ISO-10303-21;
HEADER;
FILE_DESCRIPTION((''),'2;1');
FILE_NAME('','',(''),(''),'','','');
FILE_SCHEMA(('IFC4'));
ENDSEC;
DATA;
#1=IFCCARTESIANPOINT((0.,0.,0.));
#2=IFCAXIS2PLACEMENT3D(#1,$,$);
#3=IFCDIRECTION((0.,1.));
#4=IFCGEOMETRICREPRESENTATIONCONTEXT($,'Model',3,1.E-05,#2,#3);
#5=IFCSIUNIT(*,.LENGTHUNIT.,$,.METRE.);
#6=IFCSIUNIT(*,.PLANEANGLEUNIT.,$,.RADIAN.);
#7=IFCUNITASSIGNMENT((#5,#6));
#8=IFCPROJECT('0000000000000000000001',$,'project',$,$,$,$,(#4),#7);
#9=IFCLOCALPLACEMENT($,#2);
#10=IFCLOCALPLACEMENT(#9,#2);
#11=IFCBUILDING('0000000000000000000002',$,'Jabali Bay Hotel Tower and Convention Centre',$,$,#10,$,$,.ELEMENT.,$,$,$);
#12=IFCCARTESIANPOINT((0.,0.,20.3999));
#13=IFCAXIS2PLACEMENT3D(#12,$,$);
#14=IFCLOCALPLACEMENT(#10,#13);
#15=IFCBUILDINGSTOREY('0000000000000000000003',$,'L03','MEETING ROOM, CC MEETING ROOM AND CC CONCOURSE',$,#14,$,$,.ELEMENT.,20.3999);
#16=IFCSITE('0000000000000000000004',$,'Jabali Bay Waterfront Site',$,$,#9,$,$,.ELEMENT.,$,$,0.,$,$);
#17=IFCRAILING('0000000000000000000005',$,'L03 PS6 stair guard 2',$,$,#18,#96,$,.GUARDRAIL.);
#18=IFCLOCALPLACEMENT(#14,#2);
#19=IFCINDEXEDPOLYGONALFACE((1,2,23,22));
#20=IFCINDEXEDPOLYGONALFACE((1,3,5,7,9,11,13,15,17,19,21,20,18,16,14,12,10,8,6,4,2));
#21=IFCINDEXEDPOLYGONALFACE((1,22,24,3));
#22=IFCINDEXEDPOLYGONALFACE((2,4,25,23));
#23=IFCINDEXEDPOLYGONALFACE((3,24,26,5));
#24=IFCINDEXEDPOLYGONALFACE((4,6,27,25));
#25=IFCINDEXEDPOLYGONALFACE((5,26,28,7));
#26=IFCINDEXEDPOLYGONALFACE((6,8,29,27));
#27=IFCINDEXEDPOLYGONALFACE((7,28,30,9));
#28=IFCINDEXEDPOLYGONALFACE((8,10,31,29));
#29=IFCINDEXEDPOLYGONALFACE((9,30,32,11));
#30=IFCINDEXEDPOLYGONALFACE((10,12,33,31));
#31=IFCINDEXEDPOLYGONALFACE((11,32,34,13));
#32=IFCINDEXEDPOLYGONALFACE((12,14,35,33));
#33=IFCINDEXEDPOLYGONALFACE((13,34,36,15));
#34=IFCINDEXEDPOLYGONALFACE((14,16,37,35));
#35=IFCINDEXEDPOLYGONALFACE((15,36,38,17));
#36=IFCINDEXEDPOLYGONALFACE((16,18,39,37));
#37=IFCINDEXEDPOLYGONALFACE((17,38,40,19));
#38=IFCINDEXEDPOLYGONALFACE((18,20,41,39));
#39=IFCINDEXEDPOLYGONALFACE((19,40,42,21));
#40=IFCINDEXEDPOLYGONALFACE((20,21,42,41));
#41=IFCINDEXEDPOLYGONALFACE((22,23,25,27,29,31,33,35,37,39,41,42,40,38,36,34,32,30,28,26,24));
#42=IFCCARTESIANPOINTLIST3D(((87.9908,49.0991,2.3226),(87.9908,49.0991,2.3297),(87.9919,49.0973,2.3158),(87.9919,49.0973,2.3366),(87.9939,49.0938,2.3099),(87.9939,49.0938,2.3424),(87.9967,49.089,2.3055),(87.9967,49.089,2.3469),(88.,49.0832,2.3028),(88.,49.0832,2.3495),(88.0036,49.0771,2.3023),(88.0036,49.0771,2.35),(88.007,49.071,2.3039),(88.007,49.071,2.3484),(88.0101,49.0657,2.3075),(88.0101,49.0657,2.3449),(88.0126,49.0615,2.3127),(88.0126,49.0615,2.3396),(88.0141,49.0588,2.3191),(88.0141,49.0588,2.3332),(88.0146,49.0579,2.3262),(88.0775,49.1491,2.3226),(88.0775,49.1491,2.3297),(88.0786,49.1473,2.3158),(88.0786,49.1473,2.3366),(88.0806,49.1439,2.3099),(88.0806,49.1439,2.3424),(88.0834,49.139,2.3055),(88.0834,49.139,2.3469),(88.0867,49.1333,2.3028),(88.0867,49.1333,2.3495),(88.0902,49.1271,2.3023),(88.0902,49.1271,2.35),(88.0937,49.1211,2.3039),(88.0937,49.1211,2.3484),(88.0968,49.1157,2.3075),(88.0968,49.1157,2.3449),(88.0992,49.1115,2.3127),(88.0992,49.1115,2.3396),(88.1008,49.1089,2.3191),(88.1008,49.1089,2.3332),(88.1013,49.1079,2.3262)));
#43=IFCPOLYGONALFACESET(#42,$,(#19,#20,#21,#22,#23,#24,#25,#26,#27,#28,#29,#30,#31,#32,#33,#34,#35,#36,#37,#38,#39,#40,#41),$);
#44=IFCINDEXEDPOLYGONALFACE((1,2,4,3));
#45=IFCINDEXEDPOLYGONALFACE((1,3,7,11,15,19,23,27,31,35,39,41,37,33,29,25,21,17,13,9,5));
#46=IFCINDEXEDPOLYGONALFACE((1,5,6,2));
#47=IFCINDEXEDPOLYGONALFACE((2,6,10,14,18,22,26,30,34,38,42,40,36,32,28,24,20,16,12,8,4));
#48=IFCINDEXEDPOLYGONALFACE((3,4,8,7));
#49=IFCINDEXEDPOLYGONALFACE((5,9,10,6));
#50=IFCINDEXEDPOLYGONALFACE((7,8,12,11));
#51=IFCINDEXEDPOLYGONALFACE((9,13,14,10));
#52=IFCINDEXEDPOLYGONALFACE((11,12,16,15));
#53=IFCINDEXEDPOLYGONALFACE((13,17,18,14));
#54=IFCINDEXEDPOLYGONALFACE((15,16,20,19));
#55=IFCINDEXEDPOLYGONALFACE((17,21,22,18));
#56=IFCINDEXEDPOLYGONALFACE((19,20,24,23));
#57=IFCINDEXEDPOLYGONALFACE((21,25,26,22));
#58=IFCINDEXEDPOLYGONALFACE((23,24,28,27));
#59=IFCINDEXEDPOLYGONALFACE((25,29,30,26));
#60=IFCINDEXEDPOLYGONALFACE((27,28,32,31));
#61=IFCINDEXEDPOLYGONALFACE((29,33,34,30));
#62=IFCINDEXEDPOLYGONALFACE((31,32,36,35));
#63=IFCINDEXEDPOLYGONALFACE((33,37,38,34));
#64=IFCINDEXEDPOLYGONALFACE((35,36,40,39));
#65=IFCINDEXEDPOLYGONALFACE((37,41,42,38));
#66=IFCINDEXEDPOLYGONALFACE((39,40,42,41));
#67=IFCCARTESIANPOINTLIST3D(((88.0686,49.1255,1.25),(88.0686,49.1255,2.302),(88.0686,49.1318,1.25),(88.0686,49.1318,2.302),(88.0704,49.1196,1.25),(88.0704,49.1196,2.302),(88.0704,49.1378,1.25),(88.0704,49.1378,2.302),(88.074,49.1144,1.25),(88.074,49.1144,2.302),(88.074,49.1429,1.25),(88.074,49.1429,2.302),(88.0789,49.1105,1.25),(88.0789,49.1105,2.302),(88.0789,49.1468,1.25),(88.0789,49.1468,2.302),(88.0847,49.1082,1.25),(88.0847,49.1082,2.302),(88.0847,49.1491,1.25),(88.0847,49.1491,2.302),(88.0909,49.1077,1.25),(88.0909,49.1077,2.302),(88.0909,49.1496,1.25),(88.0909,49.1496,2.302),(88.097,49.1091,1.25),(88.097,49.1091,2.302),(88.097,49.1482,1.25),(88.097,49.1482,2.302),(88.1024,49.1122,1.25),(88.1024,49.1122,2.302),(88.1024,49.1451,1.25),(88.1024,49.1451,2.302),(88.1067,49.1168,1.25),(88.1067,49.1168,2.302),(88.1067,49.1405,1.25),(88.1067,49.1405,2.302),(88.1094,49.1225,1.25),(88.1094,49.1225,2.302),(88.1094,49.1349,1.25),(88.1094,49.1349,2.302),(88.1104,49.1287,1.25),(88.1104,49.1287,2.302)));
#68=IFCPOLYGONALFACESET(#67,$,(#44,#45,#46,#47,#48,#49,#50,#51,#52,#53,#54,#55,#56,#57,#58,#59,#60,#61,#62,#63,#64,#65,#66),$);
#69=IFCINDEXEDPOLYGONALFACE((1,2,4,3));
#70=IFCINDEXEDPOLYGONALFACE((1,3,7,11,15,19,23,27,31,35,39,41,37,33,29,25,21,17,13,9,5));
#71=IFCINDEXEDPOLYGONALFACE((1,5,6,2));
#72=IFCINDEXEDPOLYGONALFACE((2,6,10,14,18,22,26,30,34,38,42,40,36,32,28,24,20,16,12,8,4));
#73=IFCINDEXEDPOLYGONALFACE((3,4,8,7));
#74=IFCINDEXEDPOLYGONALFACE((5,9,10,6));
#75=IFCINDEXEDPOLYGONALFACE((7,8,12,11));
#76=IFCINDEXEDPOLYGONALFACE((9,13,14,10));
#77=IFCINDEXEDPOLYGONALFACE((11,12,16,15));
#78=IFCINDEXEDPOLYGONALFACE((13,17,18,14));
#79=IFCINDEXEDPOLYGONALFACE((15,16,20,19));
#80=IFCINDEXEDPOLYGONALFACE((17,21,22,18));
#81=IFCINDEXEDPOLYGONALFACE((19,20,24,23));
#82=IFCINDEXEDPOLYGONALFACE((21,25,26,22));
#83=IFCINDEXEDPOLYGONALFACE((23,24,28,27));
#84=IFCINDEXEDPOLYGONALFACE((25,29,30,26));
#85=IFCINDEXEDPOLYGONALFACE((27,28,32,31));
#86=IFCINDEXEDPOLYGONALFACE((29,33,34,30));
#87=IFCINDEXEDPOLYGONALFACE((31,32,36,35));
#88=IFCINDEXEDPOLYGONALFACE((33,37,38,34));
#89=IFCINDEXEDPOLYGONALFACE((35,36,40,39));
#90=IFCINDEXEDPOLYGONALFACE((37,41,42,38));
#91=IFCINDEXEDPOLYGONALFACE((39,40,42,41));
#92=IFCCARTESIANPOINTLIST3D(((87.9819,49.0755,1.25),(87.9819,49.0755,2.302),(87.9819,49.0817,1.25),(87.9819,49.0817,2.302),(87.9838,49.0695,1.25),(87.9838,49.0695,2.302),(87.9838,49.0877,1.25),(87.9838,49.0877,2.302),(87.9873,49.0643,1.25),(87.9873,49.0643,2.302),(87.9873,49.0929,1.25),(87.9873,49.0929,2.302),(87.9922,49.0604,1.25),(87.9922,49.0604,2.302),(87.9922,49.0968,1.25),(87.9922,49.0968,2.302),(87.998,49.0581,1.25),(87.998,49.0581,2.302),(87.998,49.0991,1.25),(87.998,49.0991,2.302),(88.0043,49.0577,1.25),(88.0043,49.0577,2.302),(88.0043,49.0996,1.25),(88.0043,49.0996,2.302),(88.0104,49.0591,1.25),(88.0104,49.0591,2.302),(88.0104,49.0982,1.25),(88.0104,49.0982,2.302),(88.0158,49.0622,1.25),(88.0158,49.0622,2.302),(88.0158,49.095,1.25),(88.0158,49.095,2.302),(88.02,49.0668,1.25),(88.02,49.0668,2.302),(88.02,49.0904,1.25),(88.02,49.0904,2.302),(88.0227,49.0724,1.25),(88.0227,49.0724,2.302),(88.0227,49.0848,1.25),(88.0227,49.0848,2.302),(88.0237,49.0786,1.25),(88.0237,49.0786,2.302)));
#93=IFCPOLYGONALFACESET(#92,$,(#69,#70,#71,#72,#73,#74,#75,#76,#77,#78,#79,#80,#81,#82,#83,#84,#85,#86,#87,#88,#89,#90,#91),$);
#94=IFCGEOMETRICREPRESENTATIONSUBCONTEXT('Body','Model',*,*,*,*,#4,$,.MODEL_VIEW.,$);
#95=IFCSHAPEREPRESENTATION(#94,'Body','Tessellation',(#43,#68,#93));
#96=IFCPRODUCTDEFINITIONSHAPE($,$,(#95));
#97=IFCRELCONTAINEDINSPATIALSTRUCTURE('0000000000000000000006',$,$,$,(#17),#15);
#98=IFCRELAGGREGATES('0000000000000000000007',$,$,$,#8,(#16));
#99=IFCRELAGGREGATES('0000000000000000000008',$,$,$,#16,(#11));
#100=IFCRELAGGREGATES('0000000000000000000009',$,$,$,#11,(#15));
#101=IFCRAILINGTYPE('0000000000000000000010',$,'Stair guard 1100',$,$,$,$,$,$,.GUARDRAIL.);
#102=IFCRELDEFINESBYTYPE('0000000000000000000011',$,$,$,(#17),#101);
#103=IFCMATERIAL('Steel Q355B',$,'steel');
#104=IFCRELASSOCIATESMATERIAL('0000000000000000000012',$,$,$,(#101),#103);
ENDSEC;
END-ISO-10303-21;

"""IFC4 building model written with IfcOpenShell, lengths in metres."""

from ifc_helpers import new_model, si_unit, direction, frame, origin, origin_2d, place, context, subcontext, project, spatial, circle, extrude, material, type_object, element, save


model = new_model("IFC4")

# Units and contexts
model_context = context("Model", 3, precision=1e-05, world=origin(), true_north=direction((0.0, 1.0)))
body_context = subcontext(model_context, "Body", "Model", "MODEL_VIEW")
ifc_project = project(units=[si_unit("LENGTHUNIT", "METRE"), si_unit("PLANEANGLEUNIT", "RADIAN")], contexts=[model_context])

# Site, building, storey
site_placement = place(None, origin())
site = spatial("IfcSite", under=ifc_project, at=site_placement, Name="Jabali Bay Waterfront Site", CompositionType="ELEMENT", RefElevation=0.0)
building_placement = place(site_placement, origin())
building = spatial("IfcBuilding", under=site, at=building_placement, Name="Jabali Bay Hotel Tower and Convention Centre", CompositionType="ELEMENT")
storey_placement = place(building_placement, frame((0.0, 0.0, 20.3999)))
storey = spatial("IfcBuildingStorey", under=building, at=storey_placement, Name="L03", Description="MEETING ROOM, CC MEETING ROOM AND CC CONCOURSE", CompositionType="ELEMENT", Elevation=20.3999)

# Railing
ifc_material_1 = material(Name="Steel Q355B", Category="steel")
railing_type_1 = type_object("IfcRailingType", Name="Stair guard 1100", PredefinedType="GUARDRAIL", material=ifc_material_1)
railing_1_placement = place(storey_placement, frame((88.0894, 49.1287, 1.25)))
element("IfcRailing", 1, at=railing_1_placement, inside=storey, type_object=railing_type_1, Name="L03 PS6 stair guard 2", PredefinedType="GUARDRAIL", context=body_context, shape_type="SweptSolid", body=[
    extrude(circle(Radius=0.0239, at=origin_2d()), frame((0.0, 0.0, 1.0762), z_axis=(-0.865982, -0.500074, 0.0), x_axis=(0.500074, -0.865982, 0.0)), (0.0, 0.0, 1.0), 0.1001),
    extrude(circle(Radius=0.021, at=origin_2d()), origin(), (0.0, 0.0, 1.0), 1.052),
    extrude(circle(Radius=0.021, at=origin_2d()), frame((-0.0867, -0.05, 0.0)), (0.0, 0.0, 1.0), 1.052),
])

save(model, "model.ifc")
